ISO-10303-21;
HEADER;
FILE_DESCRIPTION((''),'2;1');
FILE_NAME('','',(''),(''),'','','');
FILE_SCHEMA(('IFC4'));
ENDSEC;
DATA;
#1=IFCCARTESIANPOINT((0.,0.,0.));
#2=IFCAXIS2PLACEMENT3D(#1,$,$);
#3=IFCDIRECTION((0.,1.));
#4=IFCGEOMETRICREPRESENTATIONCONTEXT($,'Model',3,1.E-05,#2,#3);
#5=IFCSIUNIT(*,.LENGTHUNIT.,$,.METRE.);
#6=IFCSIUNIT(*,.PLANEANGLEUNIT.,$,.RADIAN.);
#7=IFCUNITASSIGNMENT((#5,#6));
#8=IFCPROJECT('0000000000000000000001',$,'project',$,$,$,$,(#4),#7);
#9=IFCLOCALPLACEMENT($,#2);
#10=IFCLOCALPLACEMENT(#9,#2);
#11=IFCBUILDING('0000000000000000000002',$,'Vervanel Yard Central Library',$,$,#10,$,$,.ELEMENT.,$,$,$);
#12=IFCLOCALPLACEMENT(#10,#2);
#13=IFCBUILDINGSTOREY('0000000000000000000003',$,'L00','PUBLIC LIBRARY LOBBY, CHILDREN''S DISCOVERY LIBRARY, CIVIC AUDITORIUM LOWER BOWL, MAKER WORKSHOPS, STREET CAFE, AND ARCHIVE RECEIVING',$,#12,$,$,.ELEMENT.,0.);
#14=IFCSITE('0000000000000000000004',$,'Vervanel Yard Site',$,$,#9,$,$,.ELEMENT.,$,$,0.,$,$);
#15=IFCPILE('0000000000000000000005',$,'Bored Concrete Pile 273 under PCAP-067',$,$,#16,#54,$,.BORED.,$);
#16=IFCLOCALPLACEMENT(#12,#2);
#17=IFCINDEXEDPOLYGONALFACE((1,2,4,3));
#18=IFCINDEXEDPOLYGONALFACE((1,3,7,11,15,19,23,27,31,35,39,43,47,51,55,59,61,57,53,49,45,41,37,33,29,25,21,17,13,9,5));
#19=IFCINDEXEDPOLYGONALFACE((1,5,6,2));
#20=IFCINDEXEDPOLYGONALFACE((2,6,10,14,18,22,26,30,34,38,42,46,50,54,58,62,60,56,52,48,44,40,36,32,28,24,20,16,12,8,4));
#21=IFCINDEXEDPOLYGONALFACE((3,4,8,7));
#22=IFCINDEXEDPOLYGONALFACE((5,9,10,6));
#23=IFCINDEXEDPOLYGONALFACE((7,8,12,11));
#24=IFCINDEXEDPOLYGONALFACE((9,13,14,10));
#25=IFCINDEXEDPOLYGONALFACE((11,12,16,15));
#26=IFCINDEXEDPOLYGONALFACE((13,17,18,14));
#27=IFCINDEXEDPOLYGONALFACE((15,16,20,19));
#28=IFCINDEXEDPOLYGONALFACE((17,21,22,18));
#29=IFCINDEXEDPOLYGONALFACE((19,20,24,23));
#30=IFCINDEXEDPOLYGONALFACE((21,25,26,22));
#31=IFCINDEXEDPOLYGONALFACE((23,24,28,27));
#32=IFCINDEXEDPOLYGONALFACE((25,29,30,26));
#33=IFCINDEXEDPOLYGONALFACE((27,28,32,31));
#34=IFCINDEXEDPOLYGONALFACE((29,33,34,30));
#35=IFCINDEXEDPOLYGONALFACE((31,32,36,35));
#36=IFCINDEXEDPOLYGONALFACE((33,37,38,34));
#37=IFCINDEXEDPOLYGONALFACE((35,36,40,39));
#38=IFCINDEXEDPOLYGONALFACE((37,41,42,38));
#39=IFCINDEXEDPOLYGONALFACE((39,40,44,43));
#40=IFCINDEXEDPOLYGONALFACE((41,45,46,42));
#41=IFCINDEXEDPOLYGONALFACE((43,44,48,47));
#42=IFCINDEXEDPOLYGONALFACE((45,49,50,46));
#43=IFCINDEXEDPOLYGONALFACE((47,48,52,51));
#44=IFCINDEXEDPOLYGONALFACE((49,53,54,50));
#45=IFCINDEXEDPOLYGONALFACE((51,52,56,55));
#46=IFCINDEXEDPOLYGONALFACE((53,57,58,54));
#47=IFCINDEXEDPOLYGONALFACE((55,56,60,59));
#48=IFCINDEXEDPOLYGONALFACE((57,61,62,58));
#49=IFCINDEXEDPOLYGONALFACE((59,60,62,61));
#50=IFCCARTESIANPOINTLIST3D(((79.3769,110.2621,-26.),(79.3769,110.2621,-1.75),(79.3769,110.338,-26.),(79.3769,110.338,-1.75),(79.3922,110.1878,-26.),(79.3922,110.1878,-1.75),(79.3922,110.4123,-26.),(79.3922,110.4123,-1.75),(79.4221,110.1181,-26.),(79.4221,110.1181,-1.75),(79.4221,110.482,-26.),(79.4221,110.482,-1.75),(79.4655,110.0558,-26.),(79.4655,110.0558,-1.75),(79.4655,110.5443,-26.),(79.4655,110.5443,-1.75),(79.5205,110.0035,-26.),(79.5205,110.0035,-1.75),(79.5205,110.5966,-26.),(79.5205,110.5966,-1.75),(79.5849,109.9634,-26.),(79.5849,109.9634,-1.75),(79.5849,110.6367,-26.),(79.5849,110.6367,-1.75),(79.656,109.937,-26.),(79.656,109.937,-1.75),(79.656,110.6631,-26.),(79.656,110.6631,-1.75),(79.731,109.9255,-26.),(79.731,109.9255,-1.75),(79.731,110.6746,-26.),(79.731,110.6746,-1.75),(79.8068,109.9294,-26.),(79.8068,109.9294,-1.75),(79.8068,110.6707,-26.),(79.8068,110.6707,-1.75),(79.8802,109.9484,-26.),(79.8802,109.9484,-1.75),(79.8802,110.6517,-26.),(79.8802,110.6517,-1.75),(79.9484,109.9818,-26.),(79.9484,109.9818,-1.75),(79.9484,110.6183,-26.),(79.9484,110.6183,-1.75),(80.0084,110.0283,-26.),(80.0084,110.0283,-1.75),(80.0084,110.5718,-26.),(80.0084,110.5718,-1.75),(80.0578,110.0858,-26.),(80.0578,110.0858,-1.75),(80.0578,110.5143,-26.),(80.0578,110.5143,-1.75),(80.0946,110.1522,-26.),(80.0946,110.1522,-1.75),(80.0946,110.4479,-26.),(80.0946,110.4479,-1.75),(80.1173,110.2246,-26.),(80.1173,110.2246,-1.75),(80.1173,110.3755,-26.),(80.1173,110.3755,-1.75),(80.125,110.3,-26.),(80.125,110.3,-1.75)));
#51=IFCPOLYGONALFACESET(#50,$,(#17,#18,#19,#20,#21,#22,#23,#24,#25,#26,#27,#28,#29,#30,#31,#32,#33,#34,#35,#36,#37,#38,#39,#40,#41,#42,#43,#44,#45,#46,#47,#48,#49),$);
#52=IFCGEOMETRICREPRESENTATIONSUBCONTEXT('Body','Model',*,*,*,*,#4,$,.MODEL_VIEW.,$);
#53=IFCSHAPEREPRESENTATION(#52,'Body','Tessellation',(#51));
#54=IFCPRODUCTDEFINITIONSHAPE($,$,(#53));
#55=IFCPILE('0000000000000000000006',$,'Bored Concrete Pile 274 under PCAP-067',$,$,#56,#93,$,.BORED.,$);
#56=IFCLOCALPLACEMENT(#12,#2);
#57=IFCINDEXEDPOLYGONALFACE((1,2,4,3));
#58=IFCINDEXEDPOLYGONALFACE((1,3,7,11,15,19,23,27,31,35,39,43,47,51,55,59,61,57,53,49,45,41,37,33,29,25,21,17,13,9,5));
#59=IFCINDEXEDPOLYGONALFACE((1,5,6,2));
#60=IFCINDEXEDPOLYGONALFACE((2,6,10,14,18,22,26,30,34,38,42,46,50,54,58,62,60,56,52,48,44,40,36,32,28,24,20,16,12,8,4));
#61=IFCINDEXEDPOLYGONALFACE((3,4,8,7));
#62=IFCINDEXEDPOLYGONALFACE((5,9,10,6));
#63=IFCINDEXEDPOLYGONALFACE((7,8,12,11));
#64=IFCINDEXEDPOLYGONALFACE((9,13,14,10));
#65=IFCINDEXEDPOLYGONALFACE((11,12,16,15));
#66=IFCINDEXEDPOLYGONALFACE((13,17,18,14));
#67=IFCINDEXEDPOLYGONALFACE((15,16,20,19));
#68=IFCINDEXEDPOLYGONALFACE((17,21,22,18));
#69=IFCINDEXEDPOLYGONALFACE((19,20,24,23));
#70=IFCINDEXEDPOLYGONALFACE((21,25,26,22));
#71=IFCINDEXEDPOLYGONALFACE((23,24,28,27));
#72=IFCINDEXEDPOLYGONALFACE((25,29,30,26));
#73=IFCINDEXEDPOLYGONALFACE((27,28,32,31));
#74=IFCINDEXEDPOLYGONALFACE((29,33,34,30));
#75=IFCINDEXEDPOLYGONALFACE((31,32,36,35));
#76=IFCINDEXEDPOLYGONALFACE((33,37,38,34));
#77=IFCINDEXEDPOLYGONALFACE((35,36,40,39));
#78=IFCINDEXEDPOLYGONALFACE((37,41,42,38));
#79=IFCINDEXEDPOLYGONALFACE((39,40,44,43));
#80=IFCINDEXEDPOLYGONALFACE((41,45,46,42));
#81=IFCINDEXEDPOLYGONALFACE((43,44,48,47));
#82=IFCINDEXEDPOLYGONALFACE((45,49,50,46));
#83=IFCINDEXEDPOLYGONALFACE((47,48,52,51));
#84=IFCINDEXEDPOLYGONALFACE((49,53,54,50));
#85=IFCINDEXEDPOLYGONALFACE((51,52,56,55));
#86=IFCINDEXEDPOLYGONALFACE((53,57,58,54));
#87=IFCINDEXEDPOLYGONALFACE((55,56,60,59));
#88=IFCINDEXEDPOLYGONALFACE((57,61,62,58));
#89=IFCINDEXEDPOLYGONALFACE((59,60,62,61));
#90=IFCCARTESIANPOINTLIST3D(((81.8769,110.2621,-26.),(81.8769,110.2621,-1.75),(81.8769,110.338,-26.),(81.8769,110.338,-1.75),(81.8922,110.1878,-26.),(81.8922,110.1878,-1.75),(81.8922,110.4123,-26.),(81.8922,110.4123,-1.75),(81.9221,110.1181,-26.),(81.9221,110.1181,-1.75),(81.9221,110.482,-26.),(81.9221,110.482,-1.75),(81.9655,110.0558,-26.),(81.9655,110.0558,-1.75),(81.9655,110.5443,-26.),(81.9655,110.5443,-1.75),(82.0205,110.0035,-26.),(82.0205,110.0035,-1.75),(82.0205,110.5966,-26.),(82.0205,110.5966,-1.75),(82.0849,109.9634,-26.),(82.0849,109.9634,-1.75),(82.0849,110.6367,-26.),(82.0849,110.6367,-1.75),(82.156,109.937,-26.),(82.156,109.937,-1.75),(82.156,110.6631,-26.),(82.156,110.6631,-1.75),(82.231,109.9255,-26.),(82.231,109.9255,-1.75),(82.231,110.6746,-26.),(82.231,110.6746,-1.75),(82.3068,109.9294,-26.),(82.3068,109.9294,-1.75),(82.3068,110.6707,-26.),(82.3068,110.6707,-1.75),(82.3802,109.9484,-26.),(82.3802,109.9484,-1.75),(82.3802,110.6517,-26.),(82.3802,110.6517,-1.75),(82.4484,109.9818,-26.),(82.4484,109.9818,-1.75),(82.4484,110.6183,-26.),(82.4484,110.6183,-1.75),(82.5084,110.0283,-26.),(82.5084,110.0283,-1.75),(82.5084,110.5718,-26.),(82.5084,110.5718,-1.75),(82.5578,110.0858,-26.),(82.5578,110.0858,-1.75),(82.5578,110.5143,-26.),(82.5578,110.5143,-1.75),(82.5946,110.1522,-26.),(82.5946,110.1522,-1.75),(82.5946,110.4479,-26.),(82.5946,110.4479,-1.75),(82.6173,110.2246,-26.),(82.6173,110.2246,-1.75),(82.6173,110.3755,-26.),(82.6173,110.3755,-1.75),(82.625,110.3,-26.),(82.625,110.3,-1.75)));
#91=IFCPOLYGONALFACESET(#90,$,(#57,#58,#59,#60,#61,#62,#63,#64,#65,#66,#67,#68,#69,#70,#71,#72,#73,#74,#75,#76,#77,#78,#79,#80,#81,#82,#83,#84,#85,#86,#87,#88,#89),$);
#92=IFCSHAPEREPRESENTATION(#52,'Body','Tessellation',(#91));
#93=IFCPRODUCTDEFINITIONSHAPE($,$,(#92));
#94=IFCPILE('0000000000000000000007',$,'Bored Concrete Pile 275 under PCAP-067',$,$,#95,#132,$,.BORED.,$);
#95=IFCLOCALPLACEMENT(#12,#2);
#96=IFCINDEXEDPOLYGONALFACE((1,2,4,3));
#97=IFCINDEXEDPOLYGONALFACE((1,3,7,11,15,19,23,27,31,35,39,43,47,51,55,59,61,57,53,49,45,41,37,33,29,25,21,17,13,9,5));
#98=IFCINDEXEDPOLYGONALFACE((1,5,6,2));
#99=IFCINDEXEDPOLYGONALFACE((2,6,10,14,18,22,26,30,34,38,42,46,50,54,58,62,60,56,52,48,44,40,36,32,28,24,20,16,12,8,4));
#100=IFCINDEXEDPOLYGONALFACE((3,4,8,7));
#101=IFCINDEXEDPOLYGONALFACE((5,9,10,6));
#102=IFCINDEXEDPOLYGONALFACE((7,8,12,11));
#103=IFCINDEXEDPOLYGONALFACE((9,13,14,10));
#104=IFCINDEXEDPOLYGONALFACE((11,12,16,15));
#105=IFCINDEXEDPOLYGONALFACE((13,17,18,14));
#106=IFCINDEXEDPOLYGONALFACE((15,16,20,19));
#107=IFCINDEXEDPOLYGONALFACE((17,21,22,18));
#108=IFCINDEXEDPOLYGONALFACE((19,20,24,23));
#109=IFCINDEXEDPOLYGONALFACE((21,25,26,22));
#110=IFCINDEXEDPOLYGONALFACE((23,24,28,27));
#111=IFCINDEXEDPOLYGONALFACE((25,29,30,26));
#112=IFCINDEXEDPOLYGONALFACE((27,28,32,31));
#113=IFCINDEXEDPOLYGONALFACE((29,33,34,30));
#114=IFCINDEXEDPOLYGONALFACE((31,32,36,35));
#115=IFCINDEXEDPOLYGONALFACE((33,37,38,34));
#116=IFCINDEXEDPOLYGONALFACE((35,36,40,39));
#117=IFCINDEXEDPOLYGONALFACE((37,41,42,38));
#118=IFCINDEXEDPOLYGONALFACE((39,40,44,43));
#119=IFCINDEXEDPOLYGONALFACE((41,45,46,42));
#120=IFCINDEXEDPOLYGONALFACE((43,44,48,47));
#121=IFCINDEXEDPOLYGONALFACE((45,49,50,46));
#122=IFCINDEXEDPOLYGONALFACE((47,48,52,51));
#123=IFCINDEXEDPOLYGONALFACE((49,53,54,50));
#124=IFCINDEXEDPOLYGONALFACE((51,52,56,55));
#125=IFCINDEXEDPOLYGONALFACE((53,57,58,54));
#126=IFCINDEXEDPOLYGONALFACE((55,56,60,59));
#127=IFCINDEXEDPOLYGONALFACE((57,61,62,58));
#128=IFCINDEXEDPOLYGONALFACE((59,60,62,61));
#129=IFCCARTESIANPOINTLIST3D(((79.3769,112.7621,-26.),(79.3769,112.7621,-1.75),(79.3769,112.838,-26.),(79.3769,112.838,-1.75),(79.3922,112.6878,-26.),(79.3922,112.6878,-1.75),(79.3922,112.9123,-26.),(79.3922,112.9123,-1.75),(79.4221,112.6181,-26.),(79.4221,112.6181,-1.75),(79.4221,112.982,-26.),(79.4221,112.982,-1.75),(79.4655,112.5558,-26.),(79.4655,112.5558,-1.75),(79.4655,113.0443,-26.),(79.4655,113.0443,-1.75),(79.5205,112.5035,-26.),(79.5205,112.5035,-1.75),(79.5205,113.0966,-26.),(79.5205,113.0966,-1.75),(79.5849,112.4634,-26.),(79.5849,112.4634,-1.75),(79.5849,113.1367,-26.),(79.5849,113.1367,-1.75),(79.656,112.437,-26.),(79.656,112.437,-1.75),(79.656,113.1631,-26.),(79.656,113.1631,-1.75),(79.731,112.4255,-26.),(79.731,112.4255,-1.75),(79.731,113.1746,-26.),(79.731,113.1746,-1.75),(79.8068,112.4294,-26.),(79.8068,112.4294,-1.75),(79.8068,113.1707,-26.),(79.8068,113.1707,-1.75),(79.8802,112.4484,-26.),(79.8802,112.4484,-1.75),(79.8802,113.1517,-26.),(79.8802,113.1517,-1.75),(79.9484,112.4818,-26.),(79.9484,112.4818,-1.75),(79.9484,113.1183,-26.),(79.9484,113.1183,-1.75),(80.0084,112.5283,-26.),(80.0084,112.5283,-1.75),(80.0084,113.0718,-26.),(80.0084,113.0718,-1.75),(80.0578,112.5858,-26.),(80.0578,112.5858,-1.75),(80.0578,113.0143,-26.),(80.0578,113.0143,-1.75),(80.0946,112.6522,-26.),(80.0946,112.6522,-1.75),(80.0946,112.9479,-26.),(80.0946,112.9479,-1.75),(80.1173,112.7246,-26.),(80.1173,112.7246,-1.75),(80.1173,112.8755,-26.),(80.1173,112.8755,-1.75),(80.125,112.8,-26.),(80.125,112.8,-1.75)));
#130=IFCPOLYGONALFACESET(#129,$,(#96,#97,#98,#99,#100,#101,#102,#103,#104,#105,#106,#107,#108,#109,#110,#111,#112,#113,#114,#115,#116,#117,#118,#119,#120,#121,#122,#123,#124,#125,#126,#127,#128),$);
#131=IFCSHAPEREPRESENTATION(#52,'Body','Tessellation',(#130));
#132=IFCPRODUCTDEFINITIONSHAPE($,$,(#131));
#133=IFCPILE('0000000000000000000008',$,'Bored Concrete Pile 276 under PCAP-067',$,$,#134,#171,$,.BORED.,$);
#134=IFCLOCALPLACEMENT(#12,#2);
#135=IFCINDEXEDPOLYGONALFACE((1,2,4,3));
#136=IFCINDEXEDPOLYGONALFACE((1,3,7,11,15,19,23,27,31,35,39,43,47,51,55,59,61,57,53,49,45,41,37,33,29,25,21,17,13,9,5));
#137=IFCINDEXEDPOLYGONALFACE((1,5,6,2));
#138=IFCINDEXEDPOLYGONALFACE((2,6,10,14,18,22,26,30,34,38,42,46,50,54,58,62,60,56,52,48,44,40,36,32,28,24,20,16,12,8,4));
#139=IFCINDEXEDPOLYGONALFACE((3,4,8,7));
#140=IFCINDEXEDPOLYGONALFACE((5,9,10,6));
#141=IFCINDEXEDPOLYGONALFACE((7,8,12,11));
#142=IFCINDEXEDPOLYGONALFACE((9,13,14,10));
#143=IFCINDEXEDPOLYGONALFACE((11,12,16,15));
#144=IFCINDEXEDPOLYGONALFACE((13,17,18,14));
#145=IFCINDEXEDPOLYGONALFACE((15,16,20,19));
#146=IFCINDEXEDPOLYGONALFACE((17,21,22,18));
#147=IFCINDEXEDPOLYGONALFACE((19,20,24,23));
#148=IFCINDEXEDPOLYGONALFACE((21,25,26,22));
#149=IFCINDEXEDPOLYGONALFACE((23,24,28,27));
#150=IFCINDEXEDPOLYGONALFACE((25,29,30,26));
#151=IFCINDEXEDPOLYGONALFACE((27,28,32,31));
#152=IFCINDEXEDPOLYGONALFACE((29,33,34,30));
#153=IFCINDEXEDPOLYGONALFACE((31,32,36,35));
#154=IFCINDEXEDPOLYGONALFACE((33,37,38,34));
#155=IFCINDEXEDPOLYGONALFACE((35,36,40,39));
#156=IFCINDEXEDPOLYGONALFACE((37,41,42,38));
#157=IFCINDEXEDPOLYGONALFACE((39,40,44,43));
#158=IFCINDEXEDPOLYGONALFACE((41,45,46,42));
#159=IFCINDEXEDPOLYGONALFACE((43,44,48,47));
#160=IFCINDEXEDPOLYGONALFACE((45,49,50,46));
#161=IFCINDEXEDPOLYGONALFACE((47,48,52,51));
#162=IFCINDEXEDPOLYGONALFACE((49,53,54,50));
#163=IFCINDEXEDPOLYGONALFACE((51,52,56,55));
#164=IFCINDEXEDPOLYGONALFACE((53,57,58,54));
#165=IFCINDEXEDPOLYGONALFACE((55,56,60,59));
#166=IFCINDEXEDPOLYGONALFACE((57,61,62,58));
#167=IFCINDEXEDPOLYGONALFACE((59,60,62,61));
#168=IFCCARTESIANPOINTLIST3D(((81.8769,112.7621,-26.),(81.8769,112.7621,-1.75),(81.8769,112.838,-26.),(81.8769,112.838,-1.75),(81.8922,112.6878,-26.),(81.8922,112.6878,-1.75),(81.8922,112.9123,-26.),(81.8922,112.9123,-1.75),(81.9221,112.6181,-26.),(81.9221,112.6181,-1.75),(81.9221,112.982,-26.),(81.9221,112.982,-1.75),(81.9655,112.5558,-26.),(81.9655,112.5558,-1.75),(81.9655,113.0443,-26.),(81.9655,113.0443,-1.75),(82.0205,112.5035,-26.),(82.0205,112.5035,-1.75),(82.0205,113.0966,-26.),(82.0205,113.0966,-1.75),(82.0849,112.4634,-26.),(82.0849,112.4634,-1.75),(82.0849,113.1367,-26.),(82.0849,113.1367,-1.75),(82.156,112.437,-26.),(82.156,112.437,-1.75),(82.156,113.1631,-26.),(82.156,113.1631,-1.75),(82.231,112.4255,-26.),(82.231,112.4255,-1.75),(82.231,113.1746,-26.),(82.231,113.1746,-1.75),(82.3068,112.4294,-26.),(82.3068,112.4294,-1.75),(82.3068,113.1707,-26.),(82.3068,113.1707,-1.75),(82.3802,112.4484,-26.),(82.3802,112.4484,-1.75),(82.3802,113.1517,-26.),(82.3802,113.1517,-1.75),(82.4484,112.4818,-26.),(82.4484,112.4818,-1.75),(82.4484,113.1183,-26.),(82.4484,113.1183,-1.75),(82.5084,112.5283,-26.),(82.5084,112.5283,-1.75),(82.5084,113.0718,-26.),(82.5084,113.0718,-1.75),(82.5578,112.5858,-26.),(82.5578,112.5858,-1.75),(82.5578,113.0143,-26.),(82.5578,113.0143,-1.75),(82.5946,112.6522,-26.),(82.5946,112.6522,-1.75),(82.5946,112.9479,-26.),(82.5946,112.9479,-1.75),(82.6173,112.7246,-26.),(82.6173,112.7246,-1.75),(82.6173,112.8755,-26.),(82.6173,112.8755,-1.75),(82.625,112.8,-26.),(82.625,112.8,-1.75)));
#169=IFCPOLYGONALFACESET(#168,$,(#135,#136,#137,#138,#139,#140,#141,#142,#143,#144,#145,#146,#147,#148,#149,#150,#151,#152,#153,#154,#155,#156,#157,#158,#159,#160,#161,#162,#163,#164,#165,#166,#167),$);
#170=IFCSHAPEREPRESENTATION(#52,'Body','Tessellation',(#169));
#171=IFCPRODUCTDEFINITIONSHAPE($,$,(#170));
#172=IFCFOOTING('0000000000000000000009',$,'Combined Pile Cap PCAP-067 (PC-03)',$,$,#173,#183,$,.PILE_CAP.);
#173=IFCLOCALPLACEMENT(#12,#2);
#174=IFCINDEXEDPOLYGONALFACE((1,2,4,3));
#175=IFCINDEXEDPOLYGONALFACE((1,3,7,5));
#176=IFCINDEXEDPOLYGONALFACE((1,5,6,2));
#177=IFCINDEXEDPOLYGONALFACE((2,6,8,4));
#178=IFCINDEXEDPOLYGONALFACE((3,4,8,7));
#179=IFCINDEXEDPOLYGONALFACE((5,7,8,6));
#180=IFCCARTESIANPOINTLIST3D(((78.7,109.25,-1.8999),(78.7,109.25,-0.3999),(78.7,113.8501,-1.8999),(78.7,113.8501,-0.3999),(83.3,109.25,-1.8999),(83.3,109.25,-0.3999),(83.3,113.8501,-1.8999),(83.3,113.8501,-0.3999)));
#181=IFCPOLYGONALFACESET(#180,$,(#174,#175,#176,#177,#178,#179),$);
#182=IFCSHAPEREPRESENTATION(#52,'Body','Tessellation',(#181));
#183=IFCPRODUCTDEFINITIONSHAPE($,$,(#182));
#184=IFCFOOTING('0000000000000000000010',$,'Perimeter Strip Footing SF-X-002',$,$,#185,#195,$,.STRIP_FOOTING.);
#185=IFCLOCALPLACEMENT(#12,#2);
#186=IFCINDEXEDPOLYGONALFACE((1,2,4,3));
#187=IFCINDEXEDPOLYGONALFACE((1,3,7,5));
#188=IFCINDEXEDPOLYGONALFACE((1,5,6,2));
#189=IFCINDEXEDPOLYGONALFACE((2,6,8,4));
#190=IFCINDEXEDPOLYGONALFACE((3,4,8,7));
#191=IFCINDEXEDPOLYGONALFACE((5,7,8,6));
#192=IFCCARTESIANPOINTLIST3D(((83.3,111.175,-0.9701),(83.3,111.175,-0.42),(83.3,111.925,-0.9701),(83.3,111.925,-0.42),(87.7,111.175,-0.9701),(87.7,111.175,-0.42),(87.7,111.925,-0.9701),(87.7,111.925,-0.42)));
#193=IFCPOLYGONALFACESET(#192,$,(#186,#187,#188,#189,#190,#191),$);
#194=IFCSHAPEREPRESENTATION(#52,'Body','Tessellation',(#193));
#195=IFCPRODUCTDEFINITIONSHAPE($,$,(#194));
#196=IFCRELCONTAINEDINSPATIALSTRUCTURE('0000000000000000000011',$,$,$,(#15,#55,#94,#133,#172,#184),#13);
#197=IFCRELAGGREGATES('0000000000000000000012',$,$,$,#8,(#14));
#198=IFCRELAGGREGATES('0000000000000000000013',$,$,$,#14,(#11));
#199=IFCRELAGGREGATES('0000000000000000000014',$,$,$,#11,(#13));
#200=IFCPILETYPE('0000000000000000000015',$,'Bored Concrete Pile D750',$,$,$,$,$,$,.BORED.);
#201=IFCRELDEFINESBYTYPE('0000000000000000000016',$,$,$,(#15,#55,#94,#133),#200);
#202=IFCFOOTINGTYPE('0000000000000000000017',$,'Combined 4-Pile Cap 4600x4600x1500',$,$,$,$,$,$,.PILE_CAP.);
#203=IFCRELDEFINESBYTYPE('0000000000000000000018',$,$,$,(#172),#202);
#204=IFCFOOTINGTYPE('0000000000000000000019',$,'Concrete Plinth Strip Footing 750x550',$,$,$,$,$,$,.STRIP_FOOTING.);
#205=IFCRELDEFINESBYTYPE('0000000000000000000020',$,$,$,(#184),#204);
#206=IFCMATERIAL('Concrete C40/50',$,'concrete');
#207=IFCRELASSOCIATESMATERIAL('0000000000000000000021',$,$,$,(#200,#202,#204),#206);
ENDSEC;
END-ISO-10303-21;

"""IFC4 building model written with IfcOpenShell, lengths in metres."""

from ifc_helpers import new_model, si_unit, direction, frame, origin, origin_2d, place, context, subcontext, project, spatial, rectangle, circle, extrude, material, material_profile, profile_set, type_object, element, save


model = new_model("IFC4")

# Units and contexts
model_context = context("Model", 3, precision=1e-05, world=origin(), true_north=direction((0.0, 1.0)))
body_context = subcontext(model_context, "Body", "Model", "MODEL_VIEW")
ifc_project = project(units=[si_unit("LENGTHUNIT", "METRE"), si_unit("PLANEANGLEUNIT", "RADIAN")], contexts=[model_context])

# Site, building, storey
site_placement = place(None, origin())
site = spatial("IfcSite", under=ifc_project, at=site_placement, Name="Vervanel Yard Site", CompositionType="ELEMENT", RefElevation=0.0)
building_placement = place(site_placement, origin())
building = spatial("IfcBuilding", under=site, at=building_placement, Name="Vervanel Yard Central Library", CompositionType="ELEMENT")
storey_placement = place(building_placement, origin())
storey = spatial("IfcBuildingStorey", under=building, at=storey_placement, Name="L00", Description="PUBLIC LIBRARY LOBBY, CHILDREN'S DISCOVERY LIBRARY, CIVIC AUDITORIUM LOWER BOWL, MAKER WORKSHOPS, STREET CAFE, AND ARCHIVE RECEIVING", CompositionType="ELEMENT", Elevation=0.0)

# Piles
ifc_material_1 = material(Name="Concrete C40/50", Category="concrete")
ifc_material_profile_1 = material_profile(ifc_material_1, circle(Radius=0.375, at=origin_2d()), Name="BP D750", Category="concrete")
ifc_profile_set_1 = profile_set([ifc_material_profile_1], Name="Concrete C40/50")
pile_type = type_object("IfcPileType", Name="Bored Concrete Pile D750", PredefinedType="BORED", material=ifc_profile_set_1)
for number, where, z_axis, x_axis, name in (
    (1, (79.75, 110.3, -1.75), (0.0, 0.0, -1.0), (1.0, 0.0, 0.0), "Bored Concrete Pile 273 under PCAP-067"),
    (2, (82.25, 110.3, -1.75), (0.0, 0.0, -1.0), (1.0, 0.0, 0.0), "Bored Concrete Pile 274 under PCAP-067"),
    (3, (79.75, 112.8, -1.75), (0.0, 0.0, -1.0), (1.0, 0.0, 0.0), "Bored Concrete Pile 275 under PCAP-067"),
    (4, (82.25, 112.8, -1.75), (0.0, 0.0, -1.0), (1.0, 0.0, 0.0), "Bored Concrete Pile 276 under PCAP-067"),
):
    element("IfcPile", number, at=place(storey_placement, frame(where, z_axis=z_axis, x_axis=x_axis)), inside=storey, type_object=pile_type, Name=name, PredefinedType="BORED", context=body_context, shape_type="SweptSolid", body=[
        extrude(circle(Radius=0.375, at=origin_2d()), origin(), (0.0, 0.0, 1.0), 24.25),
    ])

# Footings
footing_type_1 = type_object("IfcFootingType", Name="Combined 4-Pile Cap 4600x4600x1500", PredefinedType="PILE_CAP", material=ifc_material_1)
footing_1_placement = place(storey_placement, frame((81.0, 111.55, -1.8999), z_axis=(0.0, 0.0, 1.0), x_axis=(1.0, 0.0, 0.0)))
element("IfcFooting", 5, at=footing_1_placement, inside=storey, type_object=footing_type_1, Name="Combined Pile Cap PCAP-067 (PC-03)", PredefinedType="PILE_CAP", context=body_context, shape_type="SweptSolid", body=[
    extrude(rectangle(XDim=4.6001, YDim=4.6001, at=origin_2d()), origin(), (0.0, 0.0, 1.0), 1.5),
])
ifc_material_profile_2 = material_profile(ifc_material_1, rectangle(XDim=0.75, YDim=0.55, at=origin_2d()), Name="RC 750x550", Category="concrete")
ifc_profile_set_2 = profile_set([ifc_material_profile_2], Name="Concrete C40/50")
footing_type_2 = type_object("IfcFootingType", Name="Concrete Plinth Strip Footing 750x550", PredefinedType="STRIP_FOOTING", material=ifc_profile_set_2)
footing_2_placement = place(storey_placement, frame((83.3, 111.55, -0.6951), z_axis=(1.0, 0.0, 0.0), x_axis=(0.0, 1.0, 0.0)))
element("IfcFooting", 6, at=footing_2_placement, inside=storey, type_object=footing_type_2, Name="Perimeter Strip Footing SF-X-002", PredefinedType="STRIP_FOOTING", context=body_context, shape_type="SweptSolid", body=[
    extrude(rectangle(XDim=0.75, YDim=0.55, at=origin_2d()), origin(), (0.0, 0.0, 1.0), 4.3999),
])

save(model, "model.ifc")
